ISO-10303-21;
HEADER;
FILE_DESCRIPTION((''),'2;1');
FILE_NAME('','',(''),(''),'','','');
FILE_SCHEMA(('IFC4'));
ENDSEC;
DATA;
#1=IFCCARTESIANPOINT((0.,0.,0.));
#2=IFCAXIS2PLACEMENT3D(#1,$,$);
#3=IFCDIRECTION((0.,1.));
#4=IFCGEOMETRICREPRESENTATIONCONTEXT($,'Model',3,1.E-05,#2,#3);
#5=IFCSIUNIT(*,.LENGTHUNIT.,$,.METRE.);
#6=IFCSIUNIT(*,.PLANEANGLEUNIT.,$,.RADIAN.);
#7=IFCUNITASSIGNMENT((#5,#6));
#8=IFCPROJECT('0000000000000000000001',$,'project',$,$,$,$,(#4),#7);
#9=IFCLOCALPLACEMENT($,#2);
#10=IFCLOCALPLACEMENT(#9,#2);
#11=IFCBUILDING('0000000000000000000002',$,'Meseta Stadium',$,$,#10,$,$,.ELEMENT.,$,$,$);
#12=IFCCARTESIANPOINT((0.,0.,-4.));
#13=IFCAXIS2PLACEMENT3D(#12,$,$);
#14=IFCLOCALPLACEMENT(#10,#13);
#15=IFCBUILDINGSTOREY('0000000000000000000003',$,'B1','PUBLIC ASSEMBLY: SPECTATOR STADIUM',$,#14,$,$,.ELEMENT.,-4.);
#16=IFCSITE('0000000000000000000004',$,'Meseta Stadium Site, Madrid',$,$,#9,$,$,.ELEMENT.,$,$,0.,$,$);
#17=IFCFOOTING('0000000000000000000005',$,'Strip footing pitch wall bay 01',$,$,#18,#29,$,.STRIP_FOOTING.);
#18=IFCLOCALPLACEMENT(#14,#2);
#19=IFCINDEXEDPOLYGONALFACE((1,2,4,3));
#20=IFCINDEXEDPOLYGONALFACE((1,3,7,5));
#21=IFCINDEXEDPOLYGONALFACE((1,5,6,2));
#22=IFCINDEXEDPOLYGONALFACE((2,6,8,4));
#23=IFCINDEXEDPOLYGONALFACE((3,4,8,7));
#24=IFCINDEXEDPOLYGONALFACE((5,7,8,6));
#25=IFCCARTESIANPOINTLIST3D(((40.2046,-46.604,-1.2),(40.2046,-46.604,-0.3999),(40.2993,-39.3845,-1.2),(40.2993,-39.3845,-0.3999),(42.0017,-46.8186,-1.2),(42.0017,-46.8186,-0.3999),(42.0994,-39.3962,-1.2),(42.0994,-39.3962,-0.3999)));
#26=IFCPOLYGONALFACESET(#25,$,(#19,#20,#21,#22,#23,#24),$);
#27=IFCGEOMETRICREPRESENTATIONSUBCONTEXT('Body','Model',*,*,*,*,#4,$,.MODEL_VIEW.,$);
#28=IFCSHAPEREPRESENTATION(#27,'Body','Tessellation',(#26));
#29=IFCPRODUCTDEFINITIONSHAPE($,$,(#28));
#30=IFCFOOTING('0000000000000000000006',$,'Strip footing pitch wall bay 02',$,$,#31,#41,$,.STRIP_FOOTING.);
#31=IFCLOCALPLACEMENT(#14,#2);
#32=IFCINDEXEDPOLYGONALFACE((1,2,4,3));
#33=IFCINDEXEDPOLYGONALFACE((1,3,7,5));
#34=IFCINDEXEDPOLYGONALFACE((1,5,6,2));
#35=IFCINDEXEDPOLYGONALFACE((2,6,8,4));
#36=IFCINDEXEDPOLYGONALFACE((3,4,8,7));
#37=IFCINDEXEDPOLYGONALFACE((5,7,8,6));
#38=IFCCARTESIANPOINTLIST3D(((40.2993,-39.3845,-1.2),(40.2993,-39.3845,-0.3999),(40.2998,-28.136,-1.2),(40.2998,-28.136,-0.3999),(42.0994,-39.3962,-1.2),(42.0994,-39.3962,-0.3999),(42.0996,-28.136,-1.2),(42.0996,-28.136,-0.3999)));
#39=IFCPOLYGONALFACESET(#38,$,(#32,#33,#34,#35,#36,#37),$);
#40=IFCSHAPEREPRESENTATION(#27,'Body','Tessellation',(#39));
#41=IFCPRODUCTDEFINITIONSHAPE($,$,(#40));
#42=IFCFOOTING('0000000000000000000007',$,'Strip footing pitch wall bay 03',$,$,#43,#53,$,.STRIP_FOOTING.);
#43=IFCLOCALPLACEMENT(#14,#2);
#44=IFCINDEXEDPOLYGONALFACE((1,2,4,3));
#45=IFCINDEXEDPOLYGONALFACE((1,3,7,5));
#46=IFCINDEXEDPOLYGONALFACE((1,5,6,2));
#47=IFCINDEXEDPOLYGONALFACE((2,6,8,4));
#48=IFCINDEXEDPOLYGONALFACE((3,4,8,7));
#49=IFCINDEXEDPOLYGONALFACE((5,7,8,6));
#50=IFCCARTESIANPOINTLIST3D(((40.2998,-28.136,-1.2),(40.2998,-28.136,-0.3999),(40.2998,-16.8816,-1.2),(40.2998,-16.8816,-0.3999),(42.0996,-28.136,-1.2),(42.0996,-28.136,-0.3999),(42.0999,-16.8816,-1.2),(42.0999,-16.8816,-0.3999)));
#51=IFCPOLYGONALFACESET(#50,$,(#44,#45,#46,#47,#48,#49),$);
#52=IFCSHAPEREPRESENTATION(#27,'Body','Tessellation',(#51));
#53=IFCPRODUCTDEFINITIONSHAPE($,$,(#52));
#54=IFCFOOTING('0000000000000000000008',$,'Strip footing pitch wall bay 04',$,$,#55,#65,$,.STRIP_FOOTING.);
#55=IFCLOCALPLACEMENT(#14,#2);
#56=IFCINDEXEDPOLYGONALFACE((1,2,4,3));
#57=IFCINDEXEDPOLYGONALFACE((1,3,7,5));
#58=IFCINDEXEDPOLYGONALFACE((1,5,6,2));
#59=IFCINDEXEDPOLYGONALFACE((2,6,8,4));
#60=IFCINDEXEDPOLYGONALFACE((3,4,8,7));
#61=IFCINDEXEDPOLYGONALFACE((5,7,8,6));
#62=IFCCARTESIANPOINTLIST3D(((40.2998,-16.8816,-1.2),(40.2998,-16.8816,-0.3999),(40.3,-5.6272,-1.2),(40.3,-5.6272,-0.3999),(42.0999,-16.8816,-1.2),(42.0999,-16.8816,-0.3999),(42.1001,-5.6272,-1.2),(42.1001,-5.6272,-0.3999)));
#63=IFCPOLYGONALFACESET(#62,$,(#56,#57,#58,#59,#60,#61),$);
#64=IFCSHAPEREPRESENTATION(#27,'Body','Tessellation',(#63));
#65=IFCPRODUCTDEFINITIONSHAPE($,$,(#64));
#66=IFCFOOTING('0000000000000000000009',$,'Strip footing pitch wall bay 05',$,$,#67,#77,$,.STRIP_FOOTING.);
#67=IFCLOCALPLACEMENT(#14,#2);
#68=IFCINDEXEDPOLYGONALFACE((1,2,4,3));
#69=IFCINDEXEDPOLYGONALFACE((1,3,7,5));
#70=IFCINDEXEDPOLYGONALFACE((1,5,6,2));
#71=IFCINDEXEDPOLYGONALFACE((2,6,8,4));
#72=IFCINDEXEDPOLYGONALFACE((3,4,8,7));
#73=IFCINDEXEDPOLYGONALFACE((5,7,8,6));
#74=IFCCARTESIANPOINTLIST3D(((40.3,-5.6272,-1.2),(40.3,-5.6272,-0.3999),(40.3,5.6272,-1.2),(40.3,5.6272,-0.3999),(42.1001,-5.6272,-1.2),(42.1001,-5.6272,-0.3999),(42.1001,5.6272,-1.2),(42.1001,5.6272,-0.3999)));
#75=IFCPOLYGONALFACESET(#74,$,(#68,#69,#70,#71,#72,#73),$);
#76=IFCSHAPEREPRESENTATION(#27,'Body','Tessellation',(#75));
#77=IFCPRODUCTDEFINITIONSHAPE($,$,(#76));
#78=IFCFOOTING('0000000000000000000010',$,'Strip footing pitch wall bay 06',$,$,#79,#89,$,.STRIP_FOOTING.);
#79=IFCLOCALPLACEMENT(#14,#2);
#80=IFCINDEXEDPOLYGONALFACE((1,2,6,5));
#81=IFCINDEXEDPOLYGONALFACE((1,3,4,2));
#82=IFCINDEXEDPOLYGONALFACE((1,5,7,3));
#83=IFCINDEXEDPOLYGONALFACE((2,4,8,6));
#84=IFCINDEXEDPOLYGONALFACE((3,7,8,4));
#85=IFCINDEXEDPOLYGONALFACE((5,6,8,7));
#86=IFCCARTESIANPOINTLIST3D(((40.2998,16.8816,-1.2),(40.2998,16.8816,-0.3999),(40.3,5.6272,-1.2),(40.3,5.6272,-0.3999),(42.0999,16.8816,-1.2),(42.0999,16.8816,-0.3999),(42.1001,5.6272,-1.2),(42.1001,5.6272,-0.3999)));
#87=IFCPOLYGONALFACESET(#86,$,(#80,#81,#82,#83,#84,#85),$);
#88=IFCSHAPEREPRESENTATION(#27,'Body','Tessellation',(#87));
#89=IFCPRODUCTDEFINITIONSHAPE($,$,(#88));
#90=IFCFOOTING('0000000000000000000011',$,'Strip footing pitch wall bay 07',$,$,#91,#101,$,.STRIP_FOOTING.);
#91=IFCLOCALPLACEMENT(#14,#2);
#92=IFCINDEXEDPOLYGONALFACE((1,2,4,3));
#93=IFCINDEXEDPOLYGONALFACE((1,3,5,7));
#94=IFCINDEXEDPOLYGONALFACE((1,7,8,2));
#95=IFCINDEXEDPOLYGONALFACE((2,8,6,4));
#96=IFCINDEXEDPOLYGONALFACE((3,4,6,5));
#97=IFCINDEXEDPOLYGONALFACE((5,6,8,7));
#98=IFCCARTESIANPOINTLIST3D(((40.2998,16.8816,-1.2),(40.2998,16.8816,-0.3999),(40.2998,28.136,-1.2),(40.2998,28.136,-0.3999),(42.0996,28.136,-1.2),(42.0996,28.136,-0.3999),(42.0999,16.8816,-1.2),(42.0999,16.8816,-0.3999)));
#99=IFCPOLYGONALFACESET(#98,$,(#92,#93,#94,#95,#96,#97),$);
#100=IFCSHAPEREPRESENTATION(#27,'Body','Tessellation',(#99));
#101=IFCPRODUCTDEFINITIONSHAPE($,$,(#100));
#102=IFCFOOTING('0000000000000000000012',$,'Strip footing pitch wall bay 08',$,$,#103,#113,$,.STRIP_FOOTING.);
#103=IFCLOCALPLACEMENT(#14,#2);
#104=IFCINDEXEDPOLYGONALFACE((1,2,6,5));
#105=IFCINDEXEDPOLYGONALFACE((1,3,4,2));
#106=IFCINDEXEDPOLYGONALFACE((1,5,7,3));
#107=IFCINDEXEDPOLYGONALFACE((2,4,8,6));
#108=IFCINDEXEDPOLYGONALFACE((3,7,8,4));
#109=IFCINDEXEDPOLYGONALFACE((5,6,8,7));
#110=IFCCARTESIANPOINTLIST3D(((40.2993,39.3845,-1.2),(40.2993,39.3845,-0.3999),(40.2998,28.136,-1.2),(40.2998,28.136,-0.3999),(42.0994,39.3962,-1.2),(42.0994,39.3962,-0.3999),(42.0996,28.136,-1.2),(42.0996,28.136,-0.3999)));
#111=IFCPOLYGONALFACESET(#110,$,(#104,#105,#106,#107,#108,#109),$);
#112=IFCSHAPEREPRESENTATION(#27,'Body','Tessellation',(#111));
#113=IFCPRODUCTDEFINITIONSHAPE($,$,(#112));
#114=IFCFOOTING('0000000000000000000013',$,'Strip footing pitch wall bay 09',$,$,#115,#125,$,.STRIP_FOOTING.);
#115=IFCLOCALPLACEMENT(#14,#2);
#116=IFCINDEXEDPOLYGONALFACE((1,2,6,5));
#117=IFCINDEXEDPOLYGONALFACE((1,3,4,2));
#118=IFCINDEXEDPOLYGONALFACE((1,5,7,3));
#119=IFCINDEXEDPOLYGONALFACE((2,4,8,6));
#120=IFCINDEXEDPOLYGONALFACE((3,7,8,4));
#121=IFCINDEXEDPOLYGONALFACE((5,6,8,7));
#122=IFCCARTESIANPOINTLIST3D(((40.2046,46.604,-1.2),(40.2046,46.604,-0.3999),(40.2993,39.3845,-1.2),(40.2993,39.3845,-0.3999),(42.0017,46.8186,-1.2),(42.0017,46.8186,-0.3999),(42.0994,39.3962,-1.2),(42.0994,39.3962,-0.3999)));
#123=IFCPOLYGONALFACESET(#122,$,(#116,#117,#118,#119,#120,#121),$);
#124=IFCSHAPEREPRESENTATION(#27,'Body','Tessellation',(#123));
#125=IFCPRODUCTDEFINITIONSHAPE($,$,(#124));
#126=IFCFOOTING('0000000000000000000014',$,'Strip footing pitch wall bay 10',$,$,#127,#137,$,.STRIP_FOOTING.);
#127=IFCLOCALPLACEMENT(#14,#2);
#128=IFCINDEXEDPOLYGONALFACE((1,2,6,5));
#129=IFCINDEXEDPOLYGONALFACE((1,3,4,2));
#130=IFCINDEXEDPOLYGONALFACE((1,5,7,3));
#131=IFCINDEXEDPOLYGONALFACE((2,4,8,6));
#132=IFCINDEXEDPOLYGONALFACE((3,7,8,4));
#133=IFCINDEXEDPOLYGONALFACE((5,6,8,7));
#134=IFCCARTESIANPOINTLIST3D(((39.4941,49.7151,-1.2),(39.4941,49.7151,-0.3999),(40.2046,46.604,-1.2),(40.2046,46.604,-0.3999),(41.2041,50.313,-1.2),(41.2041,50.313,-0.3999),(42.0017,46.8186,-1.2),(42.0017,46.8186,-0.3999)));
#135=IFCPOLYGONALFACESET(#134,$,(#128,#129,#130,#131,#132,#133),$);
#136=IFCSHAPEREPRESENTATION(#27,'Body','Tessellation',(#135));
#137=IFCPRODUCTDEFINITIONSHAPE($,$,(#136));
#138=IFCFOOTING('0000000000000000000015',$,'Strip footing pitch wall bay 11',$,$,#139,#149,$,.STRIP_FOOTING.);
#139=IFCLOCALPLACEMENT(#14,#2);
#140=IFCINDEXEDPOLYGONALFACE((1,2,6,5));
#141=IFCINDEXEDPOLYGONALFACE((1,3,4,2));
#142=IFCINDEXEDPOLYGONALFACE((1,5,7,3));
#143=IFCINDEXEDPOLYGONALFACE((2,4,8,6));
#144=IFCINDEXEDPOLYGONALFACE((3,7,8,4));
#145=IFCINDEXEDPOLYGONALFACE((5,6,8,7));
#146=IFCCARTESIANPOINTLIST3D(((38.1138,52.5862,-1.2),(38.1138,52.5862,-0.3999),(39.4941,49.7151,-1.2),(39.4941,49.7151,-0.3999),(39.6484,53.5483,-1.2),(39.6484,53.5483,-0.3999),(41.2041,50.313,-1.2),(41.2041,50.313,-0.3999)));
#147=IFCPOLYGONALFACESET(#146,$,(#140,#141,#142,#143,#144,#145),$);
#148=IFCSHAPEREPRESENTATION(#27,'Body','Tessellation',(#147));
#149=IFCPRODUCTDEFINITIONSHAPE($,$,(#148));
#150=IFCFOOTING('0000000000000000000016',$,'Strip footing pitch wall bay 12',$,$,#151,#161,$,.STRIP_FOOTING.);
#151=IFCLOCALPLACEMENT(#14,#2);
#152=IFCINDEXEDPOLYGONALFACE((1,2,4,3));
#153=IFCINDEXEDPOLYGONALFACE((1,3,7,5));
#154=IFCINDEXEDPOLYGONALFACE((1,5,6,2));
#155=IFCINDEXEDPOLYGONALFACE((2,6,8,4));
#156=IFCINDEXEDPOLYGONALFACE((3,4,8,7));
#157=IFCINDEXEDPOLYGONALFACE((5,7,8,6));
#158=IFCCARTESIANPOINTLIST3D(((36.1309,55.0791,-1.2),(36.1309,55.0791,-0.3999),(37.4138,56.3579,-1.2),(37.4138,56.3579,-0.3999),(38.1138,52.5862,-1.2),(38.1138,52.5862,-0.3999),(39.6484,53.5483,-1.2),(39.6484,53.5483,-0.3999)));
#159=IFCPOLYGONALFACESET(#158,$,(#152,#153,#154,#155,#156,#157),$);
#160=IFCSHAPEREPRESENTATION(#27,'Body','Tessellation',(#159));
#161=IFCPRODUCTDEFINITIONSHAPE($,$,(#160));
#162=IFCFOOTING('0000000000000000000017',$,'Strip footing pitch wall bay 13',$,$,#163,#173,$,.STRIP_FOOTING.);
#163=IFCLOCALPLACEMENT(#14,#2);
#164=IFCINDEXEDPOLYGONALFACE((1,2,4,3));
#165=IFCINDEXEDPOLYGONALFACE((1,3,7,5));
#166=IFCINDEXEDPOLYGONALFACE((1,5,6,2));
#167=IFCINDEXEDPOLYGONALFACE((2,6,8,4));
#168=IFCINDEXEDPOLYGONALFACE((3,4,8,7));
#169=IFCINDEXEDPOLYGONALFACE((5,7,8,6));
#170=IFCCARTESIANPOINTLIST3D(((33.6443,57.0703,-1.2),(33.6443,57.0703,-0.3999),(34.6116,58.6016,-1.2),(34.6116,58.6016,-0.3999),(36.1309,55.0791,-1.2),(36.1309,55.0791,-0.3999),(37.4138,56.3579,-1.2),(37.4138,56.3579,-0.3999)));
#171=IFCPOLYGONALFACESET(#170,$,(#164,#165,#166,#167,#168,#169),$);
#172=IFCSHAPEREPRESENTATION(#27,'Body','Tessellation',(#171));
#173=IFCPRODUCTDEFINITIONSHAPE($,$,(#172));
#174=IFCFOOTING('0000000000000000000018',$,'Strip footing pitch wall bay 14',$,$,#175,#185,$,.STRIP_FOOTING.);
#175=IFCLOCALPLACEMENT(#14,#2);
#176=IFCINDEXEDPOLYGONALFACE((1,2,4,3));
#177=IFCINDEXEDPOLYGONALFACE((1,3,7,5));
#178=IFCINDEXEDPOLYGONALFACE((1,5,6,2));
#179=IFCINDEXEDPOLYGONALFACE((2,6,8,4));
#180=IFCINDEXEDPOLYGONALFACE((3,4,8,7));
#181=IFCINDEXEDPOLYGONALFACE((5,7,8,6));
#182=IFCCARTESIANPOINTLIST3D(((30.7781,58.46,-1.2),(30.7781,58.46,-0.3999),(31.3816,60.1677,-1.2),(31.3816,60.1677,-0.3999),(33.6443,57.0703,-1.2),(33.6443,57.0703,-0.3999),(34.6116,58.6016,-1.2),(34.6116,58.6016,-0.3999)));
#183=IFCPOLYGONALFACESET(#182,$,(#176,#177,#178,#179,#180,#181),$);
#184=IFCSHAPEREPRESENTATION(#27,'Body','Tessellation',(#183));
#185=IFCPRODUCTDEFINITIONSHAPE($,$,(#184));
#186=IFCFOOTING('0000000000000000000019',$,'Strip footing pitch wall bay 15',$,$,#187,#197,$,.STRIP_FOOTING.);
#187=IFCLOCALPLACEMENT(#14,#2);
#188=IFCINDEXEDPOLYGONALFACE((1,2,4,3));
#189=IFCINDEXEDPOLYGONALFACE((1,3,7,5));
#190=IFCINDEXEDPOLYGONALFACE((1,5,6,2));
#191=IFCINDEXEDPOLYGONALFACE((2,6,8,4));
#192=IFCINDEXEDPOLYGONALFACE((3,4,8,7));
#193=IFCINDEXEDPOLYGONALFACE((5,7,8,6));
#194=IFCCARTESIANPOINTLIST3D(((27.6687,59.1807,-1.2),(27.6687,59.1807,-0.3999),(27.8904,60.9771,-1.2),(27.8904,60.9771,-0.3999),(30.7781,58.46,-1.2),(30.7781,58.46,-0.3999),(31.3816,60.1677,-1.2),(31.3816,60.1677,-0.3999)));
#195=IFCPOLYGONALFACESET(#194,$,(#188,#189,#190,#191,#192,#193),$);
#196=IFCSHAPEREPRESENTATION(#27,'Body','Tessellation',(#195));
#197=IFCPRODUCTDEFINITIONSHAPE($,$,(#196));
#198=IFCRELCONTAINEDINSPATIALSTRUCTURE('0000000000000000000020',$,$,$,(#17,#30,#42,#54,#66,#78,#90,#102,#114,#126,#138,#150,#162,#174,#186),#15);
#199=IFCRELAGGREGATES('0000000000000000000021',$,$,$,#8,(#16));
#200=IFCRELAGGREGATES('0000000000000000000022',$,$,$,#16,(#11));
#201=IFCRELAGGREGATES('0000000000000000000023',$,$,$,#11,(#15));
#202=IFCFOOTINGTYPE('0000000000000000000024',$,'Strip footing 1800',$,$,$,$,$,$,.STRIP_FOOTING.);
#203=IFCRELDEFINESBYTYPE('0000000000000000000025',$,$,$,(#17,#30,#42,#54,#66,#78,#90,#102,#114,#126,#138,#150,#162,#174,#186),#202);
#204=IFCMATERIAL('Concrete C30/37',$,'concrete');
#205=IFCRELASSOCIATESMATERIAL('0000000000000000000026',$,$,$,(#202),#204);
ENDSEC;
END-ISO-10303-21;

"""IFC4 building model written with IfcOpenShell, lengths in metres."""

from ifc_helpers import new_model, si_unit, direction, frame, origin, place, context, subcontext, project, spatial, polyline, outline, extrude, material, type_object, element, save


model = new_model("IFC4")

# Units and contexts
model_context = context("Model", 3, precision=1e-05, world=origin(), true_north=direction((0.0, 1.0)))
body_context = subcontext(model_context, "Body", "Model", "MODEL_VIEW")
ifc_project = project(units=[si_unit("LENGTHUNIT", "METRE"), si_unit("PLANEANGLEUNIT", "RADIAN")], contexts=[model_context])

# Site, building, storey
site_placement = place(None, origin())
site = spatial("IfcSite", under=ifc_project, at=site_placement, Name="Meseta Stadium Site, Madrid", CompositionType="ELEMENT", RefElevation=0.0)
building_placement = place(site_placement, origin())
building = spatial("IfcBuilding", under=site, at=building_placement, Name="Meseta Stadium", CompositionType="ELEMENT")
storey_placement = place(building_placement, frame((0.0, 0.0, -4.0)))
storey = spatial("IfcBuildingStorey", under=building, at=storey_placement, Name="B1", Description="PUBLIC ASSEMBLY: SPECTATOR STADIUM", CompositionType="ELEMENT", Elevation=-4.0)

# Footings
ifc_material = material(Name="Concrete C30/37", Category="concrete")
footing_type = type_object("IfcFootingType", Name="Strip footing 1800", PredefinedType="STRIP_FOOTING", material=ifc_material)
footing_1_placement = place(storey_placement, frame((0.0, 0.0, -1.2)))
element("IfcFooting", 1, at=footing_1_placement, inside=storey, type_object=footing_type, Name="Strip footing pitch wall bay 01", PredefinedType="STRIP_FOOTING", context=body_context, shape_type="SweptSolid", body=[
    extrude(outline(polyline([(42.0017, -46.8186), (42.0994, -39.3962), (40.2993, -39.3845), (40.2046, -46.604), (42.0017, -46.8186)])), origin(), (0.0, 0.0, 1.0), 0.8),
])
footing_2_placement = place(storey_placement, frame((0.0, 0.0, -1.2)))
element("IfcFooting", 2, at=footing_2_placement, inside=storey, type_object=footing_type, Name="Strip footing pitch wall bay 02", PredefinedType="STRIP_FOOTING", context=body_context, shape_type="SweptSolid", body=[
    extrude(outline(polyline([(42.0994, -39.3962), (42.0996, -28.136), (40.2998, -28.136), (40.2993, -39.3845), (42.0994, -39.3962)])), origin(), (0.0, 0.0, 1.0), 0.8),
])
footing_3_placement = place(storey_placement, frame((0.0, 0.0, -1.2)))
element("IfcFooting", 3, at=footing_3_placement, inside=storey, type_object=footing_type, Name="Strip footing pitch wall bay 03", PredefinedType="STRIP_FOOTING", context=body_context, shape_type="SweptSolid", body=[
    extrude(outline(polyline([(42.0996, -28.136), (42.0999, -16.8816), (40.2998, -16.8816), (40.2998, -28.136), (42.0996, -28.136)])), origin(), (0.0, 0.0, 1.0), 0.8),
])
footing_4_placement = place(storey_placement, frame((0.0, 0.0, -1.2)))
element("IfcFooting", 4, at=footing_4_placement, inside=storey, type_object=footing_type, Name="Strip footing pitch wall bay 04", PredefinedType="STRIP_FOOTING", context=body_context, shape_type="SweptSolid", body=[
    extrude(outline(polyline([(42.0999, -16.8816), (42.1001, -5.6272), (40.3, -5.6272), (40.2998, -16.8816), (42.0999, -16.8816)])), origin(), (0.0, 0.0, 1.0), 0.8),
])
footing_5_placement = place(storey_placement, frame((0.0, 0.0, -1.2)))
element("IfcFooting", 5, at=footing_5_placement, inside=storey, type_object=footing_type, Name="Strip footing pitch wall bay 05", PredefinedType="STRIP_FOOTING", context=body_context, shape_type="SweptSolid", body=[
    extrude(outline(polyline([(42.1001, -5.6272), (42.1001, 5.6272), (40.3, 5.6272), (40.3, -5.6272), (42.1001, -5.6272)])), origin(), (0.0, 0.0, 1.0), 0.8),
])
footing_6_placement = place(storey_placement, frame((0.0, 0.0, -1.2)))
element("IfcFooting", 6, at=footing_6_placement, inside=storey, type_object=footing_type, Name="Strip footing pitch wall bay 06", PredefinedType="STRIP_FOOTING", context=body_context, shape_type="SweptSolid", body=[
    extrude(outline(polyline([(42.1001, 5.6272), (42.0999, 16.8816), (40.2998, 16.8816), (40.3, 5.6272), (42.1001, 5.6272)])), origin(), (0.0, 0.0, 1.0), 0.8),
])
footing_7_placement = place(storey_placement, frame((0.0, 0.0, -1.2)))
element("IfcFooting", 7, at=footing_7_placement, inside=storey, type_object=footing_type, Name="Strip footing pitch wall bay 07", PredefinedType="STRIP_FOOTING", context=body_context, shape_type="SweptSolid", body=[
    extrude(outline(polyline([(42.0999, 16.8816), (42.0996, 28.136), (40.2998, 28.136), (40.2998, 16.8816), (42.0999, 16.8816)])), origin(), (0.0, 0.0, 1.0), 0.8),
])
footing_8_placement = place(storey_placement, frame((0.0, 0.0, -1.2)))
element("IfcFooting", 8, at=footing_8_placement, inside=storey, type_object=footing_type, Name="Strip footing pitch wall bay 08", PredefinedType="STRIP_FOOTING", context=body_context, shape_type="SweptSolid", body=[
    extrude(outline(polyline([(42.0996, 28.136), (42.0994, 39.3962), (40.2993, 39.3845), (40.2998, 28.136), (42.0996, 28.136)])), origin(), (0.0, 0.0, 1.0), 0.8),
])
footing_9_placement = place(storey_placement, frame((0.0, 0.0, -1.2)))
element("IfcFooting", 9, at=footing_9_placement, inside=storey, type_object=footing_type, Name="Strip footing pitch wall bay 09", PredefinedType="STRIP_FOOTING", context=body_context, shape_type="SweptSolid", body=[
    extrude(outline(polyline([(42.0994, 39.3962), (42.0017, 46.8186), (40.2046, 46.604), (40.2993, 39.3845), (42.0994, 39.3962)])), origin(), (0.0, 0.0, 1.0), 0.8),
])
footing_10_placement = place(storey_placement, frame((0.0, 0.0, -1.2)))
element("IfcFooting", 10, at=footing_10_placement, inside=storey, type_object=footing_type, Name="Strip footing pitch wall bay 10", PredefinedType="STRIP_FOOTING", context=body_context, shape_type="SweptSolid", body=[
    extrude(outline(polyline([(42.0017, 46.8186), (41.2041, 50.313), (39.4941, 49.7151), (40.2046, 46.604), (42.0017, 46.8186)])), origin(), (0.0, 0.0, 1.0), 0.8),
])
footing_11_placement = place(storey_placement, frame((0.0, 0.0, -1.2)))
element("IfcFooting", 11, at=footing_11_placement, inside=storey, type_object=footing_type, Name="Strip footing pitch wall bay 11", PredefinedType="STRIP_FOOTING", context=body_context, shape_type="SweptSolid", body=[
    extrude(outline(polyline([(41.2041, 50.313), (39.6484, 53.5483), (38.1138, 52.5862), (39.4941, 49.7151), (41.2041, 50.313)])), origin(), (0.0, 0.0, 1.0), 0.8),
])
footing_12_placement = place(storey_placement, frame((0.0, 0.0, -1.2)))
element("IfcFooting", 12, at=footing_12_placement, inside=storey, type_object=footing_type, Name="Strip footing pitch wall bay 12", PredefinedType="STRIP_FOOTING", context=body_context, shape_type="SweptSolid", body=[
    extrude(outline(polyline([(39.6484, 53.5483), (37.4138, 56.3579), (36.1309, 55.0791), (38.1138, 52.5862), (39.6484, 53.5483)])), origin(), (0.0, 0.0, 1.0), 0.8),
])
footing_13_placement = place(storey_placement, frame((0.0, 0.0, -1.2)))
element("IfcFooting", 13, at=footing_13_placement, inside=storey, type_object=footing_type, Name="Strip footing pitch wall bay 13", PredefinedType="STRIP_FOOTING", context=body_context, shape_type="SweptSolid", body=[
    extrude(outline(polyline([(37.4138, 56.3579), (34.6116, 58.6016), (33.6443, 57.0703), (36.1309, 55.0791), (37.4138, 56.3579)])), origin(), (0.0, 0.0, 1.0), 0.8),
])
footing_14_placement = place(storey_placement, frame((0.0, 0.0, -1.2)))
element("IfcFooting", 14, at=footing_14_placement, inside=storey, type_object=footing_type, Name="Strip footing pitch wall bay 14", PredefinedType="STRIP_FOOTING", context=body_context, shape_type="SweptSolid", body=[
    extrude(outline(polyline([(34.6116, 58.6016), (31.3816, 60.1677), (30.7781, 58.46), (33.6443, 57.0703), (34.6116, 58.6016)])), origin(), (0.0, 0.0, 1.0), 0.8),
])
footing_15_placement = place(storey_placement, frame((0.0, 0.0, -1.2)))
element("IfcFooting", 15, at=footing_15_placement, inside=storey, type_object=footing_type, Name="Strip footing pitch wall bay 15", PredefinedType="STRIP_FOOTING", context=body_context, shape_type="SweptSolid", body=[
    extrude(outline(polyline([(31.3816, 60.1677), (27.8904, 60.9771), (27.6687, 59.1807), (30.7781, 58.46), (31.3816, 60.1677)])), origin(), (0.0, 0.0, 1.0), 0.8),
])

save(model, "model.ifc")
